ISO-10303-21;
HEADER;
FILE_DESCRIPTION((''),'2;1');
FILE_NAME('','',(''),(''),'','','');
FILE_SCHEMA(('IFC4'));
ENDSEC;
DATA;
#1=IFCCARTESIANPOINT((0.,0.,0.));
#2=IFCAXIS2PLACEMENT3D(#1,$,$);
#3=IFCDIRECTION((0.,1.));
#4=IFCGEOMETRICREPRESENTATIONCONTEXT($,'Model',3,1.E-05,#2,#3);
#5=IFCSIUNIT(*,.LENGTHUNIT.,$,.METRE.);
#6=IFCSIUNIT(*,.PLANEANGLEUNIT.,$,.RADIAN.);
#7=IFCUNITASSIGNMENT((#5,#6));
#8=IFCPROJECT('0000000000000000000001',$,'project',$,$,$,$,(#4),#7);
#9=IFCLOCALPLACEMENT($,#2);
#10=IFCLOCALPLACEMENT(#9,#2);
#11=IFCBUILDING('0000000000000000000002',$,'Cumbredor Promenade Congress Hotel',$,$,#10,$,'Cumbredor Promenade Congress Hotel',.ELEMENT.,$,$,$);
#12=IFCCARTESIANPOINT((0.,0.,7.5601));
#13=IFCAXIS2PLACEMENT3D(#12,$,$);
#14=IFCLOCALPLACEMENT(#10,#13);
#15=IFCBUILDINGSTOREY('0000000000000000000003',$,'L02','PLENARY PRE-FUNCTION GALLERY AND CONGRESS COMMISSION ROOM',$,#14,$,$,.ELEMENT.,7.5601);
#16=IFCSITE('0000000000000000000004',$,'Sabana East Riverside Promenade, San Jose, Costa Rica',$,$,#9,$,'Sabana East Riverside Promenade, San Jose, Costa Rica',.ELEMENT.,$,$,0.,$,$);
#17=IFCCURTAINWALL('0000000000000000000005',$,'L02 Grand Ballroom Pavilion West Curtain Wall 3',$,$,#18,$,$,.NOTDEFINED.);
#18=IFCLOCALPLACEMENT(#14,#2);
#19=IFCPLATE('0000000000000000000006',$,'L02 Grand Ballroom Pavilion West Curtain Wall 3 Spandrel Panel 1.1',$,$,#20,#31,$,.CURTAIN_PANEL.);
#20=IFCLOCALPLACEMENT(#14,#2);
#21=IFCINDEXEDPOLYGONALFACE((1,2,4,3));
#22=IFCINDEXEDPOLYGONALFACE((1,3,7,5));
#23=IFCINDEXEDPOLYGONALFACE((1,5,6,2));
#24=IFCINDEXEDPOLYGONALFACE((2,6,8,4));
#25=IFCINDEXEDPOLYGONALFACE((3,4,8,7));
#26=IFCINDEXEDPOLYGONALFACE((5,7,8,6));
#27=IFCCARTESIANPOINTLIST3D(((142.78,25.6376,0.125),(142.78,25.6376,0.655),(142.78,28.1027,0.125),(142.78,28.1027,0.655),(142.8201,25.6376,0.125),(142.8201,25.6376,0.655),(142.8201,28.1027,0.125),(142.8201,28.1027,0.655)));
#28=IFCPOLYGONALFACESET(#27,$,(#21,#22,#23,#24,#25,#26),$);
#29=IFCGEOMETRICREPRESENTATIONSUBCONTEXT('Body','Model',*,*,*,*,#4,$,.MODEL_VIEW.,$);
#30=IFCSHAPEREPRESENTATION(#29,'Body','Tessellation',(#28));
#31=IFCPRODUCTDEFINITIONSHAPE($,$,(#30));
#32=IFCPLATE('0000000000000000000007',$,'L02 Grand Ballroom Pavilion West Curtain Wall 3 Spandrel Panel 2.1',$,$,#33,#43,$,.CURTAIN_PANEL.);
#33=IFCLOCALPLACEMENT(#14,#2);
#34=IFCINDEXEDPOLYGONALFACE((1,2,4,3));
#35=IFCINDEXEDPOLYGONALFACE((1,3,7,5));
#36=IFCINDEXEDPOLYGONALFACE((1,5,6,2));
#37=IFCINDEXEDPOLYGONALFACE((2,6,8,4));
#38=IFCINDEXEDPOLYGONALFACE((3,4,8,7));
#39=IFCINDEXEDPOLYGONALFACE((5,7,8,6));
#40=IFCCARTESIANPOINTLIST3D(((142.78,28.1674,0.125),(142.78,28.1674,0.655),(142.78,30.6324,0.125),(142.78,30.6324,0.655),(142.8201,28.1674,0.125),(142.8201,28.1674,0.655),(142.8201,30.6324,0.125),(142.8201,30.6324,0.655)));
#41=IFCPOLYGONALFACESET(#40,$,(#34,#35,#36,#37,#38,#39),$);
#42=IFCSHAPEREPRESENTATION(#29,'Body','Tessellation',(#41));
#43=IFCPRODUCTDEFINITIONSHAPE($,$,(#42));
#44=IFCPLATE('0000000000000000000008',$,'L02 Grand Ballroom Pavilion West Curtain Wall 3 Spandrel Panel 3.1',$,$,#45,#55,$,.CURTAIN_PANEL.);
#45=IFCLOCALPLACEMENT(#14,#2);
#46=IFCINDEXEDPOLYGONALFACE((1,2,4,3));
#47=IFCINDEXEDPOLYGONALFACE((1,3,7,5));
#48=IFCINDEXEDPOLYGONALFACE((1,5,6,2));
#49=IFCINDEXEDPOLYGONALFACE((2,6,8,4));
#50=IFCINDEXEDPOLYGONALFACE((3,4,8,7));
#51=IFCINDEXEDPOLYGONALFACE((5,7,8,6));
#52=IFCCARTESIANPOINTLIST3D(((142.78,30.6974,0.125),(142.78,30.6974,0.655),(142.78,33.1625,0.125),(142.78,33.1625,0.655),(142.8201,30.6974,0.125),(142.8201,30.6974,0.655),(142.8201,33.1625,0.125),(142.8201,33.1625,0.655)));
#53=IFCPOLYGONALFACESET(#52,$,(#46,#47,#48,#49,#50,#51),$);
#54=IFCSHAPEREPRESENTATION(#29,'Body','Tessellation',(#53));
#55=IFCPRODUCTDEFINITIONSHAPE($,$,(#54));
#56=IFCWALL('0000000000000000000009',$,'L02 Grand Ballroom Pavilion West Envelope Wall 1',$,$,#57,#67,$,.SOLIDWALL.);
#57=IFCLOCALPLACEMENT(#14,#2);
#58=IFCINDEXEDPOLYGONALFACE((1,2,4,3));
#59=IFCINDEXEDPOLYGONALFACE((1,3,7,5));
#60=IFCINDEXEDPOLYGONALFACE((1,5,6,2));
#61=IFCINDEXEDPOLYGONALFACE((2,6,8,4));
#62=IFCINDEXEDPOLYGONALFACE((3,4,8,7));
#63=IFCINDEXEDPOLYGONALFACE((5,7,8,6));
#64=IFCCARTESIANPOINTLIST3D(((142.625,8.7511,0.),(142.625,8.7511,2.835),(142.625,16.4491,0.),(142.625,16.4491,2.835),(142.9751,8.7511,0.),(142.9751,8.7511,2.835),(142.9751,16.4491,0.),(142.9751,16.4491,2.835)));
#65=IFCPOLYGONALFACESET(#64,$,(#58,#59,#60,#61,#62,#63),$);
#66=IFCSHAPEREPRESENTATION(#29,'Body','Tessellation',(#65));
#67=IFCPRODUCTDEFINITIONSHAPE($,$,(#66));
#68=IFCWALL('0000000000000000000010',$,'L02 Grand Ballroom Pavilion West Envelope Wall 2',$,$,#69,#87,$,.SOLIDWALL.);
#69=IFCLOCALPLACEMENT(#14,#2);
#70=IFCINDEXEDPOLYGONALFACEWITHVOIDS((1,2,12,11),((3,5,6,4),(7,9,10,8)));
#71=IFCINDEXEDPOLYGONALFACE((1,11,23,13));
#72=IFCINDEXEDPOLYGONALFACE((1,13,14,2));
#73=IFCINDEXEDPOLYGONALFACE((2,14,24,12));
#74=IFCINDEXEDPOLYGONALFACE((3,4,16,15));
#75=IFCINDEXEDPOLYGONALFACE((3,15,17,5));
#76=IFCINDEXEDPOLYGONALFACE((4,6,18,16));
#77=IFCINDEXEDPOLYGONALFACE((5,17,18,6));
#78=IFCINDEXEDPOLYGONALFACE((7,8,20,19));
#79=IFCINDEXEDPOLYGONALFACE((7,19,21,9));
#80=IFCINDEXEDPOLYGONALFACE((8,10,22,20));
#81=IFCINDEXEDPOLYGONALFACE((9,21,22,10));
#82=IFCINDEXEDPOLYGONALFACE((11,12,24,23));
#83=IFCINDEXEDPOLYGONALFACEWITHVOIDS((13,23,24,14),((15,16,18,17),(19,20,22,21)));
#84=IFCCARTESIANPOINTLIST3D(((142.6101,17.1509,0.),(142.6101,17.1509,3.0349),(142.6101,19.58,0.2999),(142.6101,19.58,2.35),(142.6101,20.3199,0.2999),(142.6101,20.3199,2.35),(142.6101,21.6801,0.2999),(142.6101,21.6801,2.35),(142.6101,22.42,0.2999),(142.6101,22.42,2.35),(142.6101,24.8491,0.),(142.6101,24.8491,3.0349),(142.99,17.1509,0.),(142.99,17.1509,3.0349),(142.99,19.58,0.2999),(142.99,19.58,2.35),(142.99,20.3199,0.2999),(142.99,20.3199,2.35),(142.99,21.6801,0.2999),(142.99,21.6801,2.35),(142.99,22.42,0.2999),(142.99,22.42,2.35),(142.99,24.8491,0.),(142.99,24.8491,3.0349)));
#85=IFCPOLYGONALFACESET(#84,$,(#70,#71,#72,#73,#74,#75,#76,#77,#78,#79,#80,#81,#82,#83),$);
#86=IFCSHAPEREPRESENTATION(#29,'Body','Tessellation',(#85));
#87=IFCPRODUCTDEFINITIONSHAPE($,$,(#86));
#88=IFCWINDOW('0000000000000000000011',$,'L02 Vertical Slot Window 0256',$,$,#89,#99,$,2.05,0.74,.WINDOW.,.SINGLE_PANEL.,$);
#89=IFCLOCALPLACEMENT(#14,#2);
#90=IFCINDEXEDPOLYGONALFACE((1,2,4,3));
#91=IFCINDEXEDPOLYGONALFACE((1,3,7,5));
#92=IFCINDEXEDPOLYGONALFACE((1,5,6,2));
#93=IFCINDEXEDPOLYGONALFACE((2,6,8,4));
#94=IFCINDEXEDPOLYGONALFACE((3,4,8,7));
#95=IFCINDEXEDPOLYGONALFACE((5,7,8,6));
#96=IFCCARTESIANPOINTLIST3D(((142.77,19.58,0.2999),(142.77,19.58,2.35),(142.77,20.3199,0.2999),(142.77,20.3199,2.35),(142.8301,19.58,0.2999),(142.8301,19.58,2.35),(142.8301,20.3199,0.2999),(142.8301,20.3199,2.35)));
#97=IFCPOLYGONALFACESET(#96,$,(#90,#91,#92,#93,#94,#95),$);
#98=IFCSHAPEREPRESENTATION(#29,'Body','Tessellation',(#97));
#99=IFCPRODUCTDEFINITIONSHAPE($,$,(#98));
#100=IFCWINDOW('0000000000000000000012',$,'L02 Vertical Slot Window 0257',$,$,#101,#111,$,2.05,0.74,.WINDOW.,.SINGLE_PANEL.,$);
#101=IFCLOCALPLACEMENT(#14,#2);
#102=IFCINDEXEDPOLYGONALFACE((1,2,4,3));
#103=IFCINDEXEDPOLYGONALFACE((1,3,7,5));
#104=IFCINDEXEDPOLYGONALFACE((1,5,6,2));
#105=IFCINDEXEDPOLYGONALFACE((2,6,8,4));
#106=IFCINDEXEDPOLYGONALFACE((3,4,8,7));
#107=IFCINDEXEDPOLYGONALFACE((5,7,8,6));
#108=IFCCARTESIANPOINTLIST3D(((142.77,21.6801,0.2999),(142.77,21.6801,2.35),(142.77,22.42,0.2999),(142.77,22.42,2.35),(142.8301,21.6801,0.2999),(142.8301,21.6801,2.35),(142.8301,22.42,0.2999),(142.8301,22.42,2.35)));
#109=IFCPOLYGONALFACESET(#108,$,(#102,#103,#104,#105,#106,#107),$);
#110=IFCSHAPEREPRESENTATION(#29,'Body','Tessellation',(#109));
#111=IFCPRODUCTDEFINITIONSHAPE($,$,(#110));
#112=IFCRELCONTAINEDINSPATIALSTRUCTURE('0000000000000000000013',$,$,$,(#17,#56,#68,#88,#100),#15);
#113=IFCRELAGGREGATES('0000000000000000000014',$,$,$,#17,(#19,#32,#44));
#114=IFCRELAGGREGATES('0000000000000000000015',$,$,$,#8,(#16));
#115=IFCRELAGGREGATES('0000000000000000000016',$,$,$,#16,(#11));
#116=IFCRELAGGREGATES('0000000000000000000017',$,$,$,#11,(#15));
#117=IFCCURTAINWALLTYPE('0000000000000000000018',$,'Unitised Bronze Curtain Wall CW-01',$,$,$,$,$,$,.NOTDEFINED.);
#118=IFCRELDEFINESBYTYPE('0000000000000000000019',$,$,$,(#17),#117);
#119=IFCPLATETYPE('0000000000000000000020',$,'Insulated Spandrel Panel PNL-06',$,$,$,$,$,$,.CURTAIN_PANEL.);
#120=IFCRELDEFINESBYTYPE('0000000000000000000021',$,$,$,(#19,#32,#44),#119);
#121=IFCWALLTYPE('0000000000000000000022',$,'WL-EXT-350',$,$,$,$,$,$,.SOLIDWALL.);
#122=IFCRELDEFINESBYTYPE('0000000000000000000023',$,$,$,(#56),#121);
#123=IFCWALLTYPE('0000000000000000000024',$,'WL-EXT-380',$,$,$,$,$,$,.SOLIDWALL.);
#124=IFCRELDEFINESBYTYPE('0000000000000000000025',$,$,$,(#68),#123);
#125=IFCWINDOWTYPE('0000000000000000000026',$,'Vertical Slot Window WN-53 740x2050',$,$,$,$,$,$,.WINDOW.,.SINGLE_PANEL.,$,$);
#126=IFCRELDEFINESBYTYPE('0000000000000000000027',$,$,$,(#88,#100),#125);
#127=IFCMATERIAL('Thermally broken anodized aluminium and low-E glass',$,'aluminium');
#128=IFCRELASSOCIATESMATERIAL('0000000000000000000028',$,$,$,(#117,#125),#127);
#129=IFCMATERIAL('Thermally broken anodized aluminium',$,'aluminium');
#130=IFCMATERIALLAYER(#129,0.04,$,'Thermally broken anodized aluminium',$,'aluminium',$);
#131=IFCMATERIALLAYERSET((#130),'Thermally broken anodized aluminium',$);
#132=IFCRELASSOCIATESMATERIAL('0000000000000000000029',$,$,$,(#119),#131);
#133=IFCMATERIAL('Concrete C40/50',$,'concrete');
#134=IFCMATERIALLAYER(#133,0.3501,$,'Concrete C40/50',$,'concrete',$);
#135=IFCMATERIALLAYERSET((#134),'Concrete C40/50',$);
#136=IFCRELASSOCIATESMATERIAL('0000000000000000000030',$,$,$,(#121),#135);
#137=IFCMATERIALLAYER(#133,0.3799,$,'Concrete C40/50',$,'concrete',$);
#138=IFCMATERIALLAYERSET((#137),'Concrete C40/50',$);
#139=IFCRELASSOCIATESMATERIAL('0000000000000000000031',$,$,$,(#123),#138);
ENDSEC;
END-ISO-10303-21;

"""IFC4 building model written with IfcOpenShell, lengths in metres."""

from ifc_helpers import new_model, si_unit, direction, frame, frame_2d, origin, origin_2d, place, context, subcontext, project, spatial, rectangle, extrude, material, layer, layer_set, type_object, element, fill, aggregate, save


model = new_model("IFC4")

# Units and contexts
model_context = context("Model", 3, precision=1e-05, world=origin(), true_north=direction((0.0, 1.0)))
body_context = subcontext(model_context, "Body", "Model", "MODEL_VIEW")
ifc_project = project(units=[si_unit("LENGTHUNIT", "METRE"), si_unit("PLANEANGLEUNIT", "RADIAN")], contexts=[model_context])

# Site, building, storey
site_placement = place(None, origin())
site = spatial("IfcSite", under=ifc_project, at=site_placement, Name="Sabana East Riverside Promenade, San Jose, Costa Rica", LongName="Sabana East Riverside Promenade, San Jose, Costa Rica", CompositionType="ELEMENT", RefElevation=0.0)
building_placement = place(site_placement, origin())
building = spatial("IfcBuilding", under=site, at=building_placement, Name="Cumbredor Promenade Congress Hotel", LongName="Cumbredor Promenade Congress Hotel", CompositionType="ELEMENT")
storey_placement = place(building_placement, frame((0.0, 0.0, 7.5601)))
storey = spatial("IfcBuildingStorey", under=building, at=storey_placement, Name="L02", Description="PLENARY PRE-FUNCTION GALLERY AND CONGRESS COMMISSION ROOM", CompositionType="ELEMENT", Elevation=7.5601)

# Shared definitions
ifc_material_1 = material(Name="Concrete C40/50", Category="concrete")

# Curtain wall
ifc_material_2 = material(Name="Thermally broken anodized aluminium and low-E glass", Category="aluminium")
curtain_wall_type_1 = type_object("IfcCurtainWallType", Name="Unitised Bronze Curtain Wall CW-01", PredefinedType="NOTDEFINED", material=ifc_material_2)
curtain_wall_1_placement = place(storey_placement, origin())
curtain_wall_1 = element("IfcCurtainWall", 1, at=curtain_wall_1_placement, inside=storey, type_object=curtain_wall_type_1, Name="L02 Grand Ballroom Pavilion West Curtain Wall 3", PredefinedType="NOTDEFINED")
ifc_material_3 = material(Name="Thermally broken anodized aluminium", Category="aluminium")

# Plates
ifc_layer_1 = layer(ifc_material_3, 0.04, Name="Thermally broken anodized aluminium", Category="aluminium")
ifc_layer_set_1 = layer_set([ifc_layer_1], Name="Thermally broken anodized aluminium")
plate_type_1 = type_object("IfcPlateType", Name="Insulated Spandrel Panel PNL-06", PredefinedType="CURTAIN_PANEL", material=ifc_layer_set_1)
plate_1_placement = place(storey_placement, frame((142.8, 26.8701, 0.125), z_axis=(0.0, 0.0, 1.0), x_axis=(0.0, 1.0, 0.0)))
plate_1 = element("IfcPlate", 2, at=plate_1_placement, type_object=plate_type_1, Name="L02 Grand Ballroom Pavilion West Curtain Wall 3 Spandrel Panel 1.1", PredefinedType="CURTAIN_PANEL", context=body_context, shape_type="SweptSolid", body=[
    extrude(rectangle(XDim=2.4651, YDim=0.04, at=origin_2d()), origin(), (0.0, 0.0, 1.0), 0.53),
])
plate_2_placement = place(storey_placement, frame((142.8, 29.3999, 0.125), z_axis=(0.0, 0.0, 1.0), x_axis=(0.0, 1.0, 0.0)))
plate_2 = element("IfcPlate", 3, at=plate_2_placement, type_object=plate_type_1, Name="L02 Grand Ballroom Pavilion West Curtain Wall 3 Spandrel Panel 2.1", PredefinedType="CURTAIN_PANEL", context=body_context, shape_type="SweptSolid", body=[
    extrude(rectangle(XDim=2.4651, YDim=0.04, at=origin_2d()), origin(), (0.0, 0.0, 1.0), 0.53),
])
plate_3_placement = place(storey_placement, frame((142.8, 31.9299, 0.125), z_axis=(0.0, 0.0, 1.0), x_axis=(0.0, 1.0, 0.0)))
plate_3 = element("IfcPlate", 4, at=plate_3_placement, type_object=plate_type_1, Name="L02 Grand Ballroom Pavilion West Curtain Wall 3 Spandrel Panel 3.1", PredefinedType="CURTAIN_PANEL", context=body_context, shape_type="SweptSolid", body=[
    extrude(rectangle(XDim=2.4651, YDim=0.04, at=origin_2d()), origin(), (0.0, 0.0, 1.0), 0.53),
])
aggregate(curtain_wall_1, [plate_1, plate_2, plate_3])

# Wall
ifc_layer_2 = layer(ifc_material_1, 0.3501, Name="Concrete C40/50", Category="concrete")
ifc_layer_set_2 = layer_set([ifc_layer_2], Name="Concrete C40/50")
wall_type_1 = type_object("IfcWallType", Name="WL-EXT-350", PredefinedType="SOLIDWALL", material=ifc_layer_set_2)
wall_1_placement = place(storey_placement, frame((142.8, 8.751, 0.0), z_axis=(0.0, 0.0, 1.0), x_axis=(0.0, 1.0, 0.0)))
element("IfcWall", 5, at=wall_1_placement, inside=storey, type_object=wall_type_1, Name="L02 Grand Ballroom Pavilion West Envelope Wall 1", PredefinedType="SOLIDWALL", context=body_context, shape_type="SweptSolid", body=[
    extrude(rectangle(XDim=7.698, YDim=0.3501, at=frame_2d((3.8491, 0.0))), origin(), (0.0, 0.0, 1.0), 2.835),
])

# Wall, openings, windows
ifc_layer_3 = layer(ifc_material_1, 0.3799, Name="Concrete C40/50", Category="concrete")
ifc_layer_set_3 = layer_set([ifc_layer_3], Name="Concrete C40/50")
wall_type_2 = type_object("IfcWallType", Name="WL-EXT-380", PredefinedType="SOLIDWALL", material=ifc_layer_set_3)
wall_2_placement = place(storey_placement, frame((142.8, 17.1509, 0.0), z_axis=(0.0, 0.0, 1.0), x_axis=(0.0, 1.0, 0.0)))
wall_2 = element("IfcWall", 6, at=wall_2_placement, inside=storey, type_object=wall_type_2, Name="L02 Grand Ballroom Pavilion West Envelope Wall 2", PredefinedType="SOLIDWALL", context=body_context, shape_type="SweptSolid", body=[
    extrude(rectangle(XDim=7.6982, YDim=0.3799, at=frame_2d((3.8491, 0.0))), origin(), (0.0, 0.0, 1.0), 3.0349),
])
opening_1_placement = place(wall_2_placement, frame((2.429, 0.0, 0.3)))
opening_1 = element("IfcOpeningElement", 7, at=opening_1_placement, cuts=wall_2, PredefinedType="OPENING", context=body_context, shape_type="SweptSolid", body=[
    extrude(rectangle(XDim=0.74, YDim=2.05, at=frame_2d((0.3701, 1.0249))), frame((0.0, 0.2, 0.0), z_axis=(0.0, -1.0, 0.0), x_axis=(1.0, 0.0, 0.0)), (0.0, 0.0, 1.0), 0.3999),
])
opening_2_placement = place(wall_2_placement, frame((4.5291, 0.0, 0.3)))
opening_2 = element("IfcOpeningElement", 8, at=opening_2_placement, cuts=wall_2, PredefinedType="OPENING", context=body_context, shape_type="SweptSolid", body=[
    extrude(rectangle(XDim=0.74, YDim=2.05, at=frame_2d((0.3701, 1.0249))), frame((0.0, 0.2, 0.0), z_axis=(0.0, -1.0, 0.0), x_axis=(1.0, 0.0, 0.0)), (0.0, 0.0, 1.0), 0.3999),
])
window_type = type_object("IfcWindowType", Name="Vertical Slot Window WN-53 740x2050", PartitioningType="SINGLE_PANEL", PredefinedType="WINDOW", material=ifc_material_2)
window_1_placement = place(opening_1_placement, origin())
window_1 = element("IfcWindow", 9, at=window_1_placement, inside=storey, type_object=window_type, Name="L02 Vertical Slot Window 0256", OverallHeight=2.05, OverallWidth=0.74, PartitioningType="SINGLE_PANEL", PredefinedType="WINDOW", context=body_context, shape_type="SweptSolid", body=[
    extrude(rectangle(XDim=0.74, YDim=2.05, at=frame_2d((0.3701, 1.0249))), frame((0.0, 0.03, 0.0), z_axis=(0.0, -1.0, 0.0), x_axis=(1.0, 0.0, 0.0)), (0.0, 0.0, 1.0), 0.0601),
])
fill(opening_1, window_1)
window_2_placement = place(opening_2_placement, origin())
window_2 = element("IfcWindow", 10, at=window_2_placement, inside=storey, type_object=window_type, Name="L02 Vertical Slot Window 0257", OverallHeight=2.05, OverallWidth=0.74, PartitioningType="SINGLE_PANEL", PredefinedType="WINDOW", context=body_context, shape_type="SweptSolid", body=[
    extrude(rectangle(XDim=0.74, YDim=2.05, at=frame_2d((0.3701, 1.0249))), frame((0.0, 0.03, 0.0), z_axis=(0.0, -1.0, 0.0), x_axis=(1.0, 0.0, 0.0)), (0.0, 0.0, 1.0), 0.0601),
])
fill(opening_2, window_2)

save(model, "model.ifc")
